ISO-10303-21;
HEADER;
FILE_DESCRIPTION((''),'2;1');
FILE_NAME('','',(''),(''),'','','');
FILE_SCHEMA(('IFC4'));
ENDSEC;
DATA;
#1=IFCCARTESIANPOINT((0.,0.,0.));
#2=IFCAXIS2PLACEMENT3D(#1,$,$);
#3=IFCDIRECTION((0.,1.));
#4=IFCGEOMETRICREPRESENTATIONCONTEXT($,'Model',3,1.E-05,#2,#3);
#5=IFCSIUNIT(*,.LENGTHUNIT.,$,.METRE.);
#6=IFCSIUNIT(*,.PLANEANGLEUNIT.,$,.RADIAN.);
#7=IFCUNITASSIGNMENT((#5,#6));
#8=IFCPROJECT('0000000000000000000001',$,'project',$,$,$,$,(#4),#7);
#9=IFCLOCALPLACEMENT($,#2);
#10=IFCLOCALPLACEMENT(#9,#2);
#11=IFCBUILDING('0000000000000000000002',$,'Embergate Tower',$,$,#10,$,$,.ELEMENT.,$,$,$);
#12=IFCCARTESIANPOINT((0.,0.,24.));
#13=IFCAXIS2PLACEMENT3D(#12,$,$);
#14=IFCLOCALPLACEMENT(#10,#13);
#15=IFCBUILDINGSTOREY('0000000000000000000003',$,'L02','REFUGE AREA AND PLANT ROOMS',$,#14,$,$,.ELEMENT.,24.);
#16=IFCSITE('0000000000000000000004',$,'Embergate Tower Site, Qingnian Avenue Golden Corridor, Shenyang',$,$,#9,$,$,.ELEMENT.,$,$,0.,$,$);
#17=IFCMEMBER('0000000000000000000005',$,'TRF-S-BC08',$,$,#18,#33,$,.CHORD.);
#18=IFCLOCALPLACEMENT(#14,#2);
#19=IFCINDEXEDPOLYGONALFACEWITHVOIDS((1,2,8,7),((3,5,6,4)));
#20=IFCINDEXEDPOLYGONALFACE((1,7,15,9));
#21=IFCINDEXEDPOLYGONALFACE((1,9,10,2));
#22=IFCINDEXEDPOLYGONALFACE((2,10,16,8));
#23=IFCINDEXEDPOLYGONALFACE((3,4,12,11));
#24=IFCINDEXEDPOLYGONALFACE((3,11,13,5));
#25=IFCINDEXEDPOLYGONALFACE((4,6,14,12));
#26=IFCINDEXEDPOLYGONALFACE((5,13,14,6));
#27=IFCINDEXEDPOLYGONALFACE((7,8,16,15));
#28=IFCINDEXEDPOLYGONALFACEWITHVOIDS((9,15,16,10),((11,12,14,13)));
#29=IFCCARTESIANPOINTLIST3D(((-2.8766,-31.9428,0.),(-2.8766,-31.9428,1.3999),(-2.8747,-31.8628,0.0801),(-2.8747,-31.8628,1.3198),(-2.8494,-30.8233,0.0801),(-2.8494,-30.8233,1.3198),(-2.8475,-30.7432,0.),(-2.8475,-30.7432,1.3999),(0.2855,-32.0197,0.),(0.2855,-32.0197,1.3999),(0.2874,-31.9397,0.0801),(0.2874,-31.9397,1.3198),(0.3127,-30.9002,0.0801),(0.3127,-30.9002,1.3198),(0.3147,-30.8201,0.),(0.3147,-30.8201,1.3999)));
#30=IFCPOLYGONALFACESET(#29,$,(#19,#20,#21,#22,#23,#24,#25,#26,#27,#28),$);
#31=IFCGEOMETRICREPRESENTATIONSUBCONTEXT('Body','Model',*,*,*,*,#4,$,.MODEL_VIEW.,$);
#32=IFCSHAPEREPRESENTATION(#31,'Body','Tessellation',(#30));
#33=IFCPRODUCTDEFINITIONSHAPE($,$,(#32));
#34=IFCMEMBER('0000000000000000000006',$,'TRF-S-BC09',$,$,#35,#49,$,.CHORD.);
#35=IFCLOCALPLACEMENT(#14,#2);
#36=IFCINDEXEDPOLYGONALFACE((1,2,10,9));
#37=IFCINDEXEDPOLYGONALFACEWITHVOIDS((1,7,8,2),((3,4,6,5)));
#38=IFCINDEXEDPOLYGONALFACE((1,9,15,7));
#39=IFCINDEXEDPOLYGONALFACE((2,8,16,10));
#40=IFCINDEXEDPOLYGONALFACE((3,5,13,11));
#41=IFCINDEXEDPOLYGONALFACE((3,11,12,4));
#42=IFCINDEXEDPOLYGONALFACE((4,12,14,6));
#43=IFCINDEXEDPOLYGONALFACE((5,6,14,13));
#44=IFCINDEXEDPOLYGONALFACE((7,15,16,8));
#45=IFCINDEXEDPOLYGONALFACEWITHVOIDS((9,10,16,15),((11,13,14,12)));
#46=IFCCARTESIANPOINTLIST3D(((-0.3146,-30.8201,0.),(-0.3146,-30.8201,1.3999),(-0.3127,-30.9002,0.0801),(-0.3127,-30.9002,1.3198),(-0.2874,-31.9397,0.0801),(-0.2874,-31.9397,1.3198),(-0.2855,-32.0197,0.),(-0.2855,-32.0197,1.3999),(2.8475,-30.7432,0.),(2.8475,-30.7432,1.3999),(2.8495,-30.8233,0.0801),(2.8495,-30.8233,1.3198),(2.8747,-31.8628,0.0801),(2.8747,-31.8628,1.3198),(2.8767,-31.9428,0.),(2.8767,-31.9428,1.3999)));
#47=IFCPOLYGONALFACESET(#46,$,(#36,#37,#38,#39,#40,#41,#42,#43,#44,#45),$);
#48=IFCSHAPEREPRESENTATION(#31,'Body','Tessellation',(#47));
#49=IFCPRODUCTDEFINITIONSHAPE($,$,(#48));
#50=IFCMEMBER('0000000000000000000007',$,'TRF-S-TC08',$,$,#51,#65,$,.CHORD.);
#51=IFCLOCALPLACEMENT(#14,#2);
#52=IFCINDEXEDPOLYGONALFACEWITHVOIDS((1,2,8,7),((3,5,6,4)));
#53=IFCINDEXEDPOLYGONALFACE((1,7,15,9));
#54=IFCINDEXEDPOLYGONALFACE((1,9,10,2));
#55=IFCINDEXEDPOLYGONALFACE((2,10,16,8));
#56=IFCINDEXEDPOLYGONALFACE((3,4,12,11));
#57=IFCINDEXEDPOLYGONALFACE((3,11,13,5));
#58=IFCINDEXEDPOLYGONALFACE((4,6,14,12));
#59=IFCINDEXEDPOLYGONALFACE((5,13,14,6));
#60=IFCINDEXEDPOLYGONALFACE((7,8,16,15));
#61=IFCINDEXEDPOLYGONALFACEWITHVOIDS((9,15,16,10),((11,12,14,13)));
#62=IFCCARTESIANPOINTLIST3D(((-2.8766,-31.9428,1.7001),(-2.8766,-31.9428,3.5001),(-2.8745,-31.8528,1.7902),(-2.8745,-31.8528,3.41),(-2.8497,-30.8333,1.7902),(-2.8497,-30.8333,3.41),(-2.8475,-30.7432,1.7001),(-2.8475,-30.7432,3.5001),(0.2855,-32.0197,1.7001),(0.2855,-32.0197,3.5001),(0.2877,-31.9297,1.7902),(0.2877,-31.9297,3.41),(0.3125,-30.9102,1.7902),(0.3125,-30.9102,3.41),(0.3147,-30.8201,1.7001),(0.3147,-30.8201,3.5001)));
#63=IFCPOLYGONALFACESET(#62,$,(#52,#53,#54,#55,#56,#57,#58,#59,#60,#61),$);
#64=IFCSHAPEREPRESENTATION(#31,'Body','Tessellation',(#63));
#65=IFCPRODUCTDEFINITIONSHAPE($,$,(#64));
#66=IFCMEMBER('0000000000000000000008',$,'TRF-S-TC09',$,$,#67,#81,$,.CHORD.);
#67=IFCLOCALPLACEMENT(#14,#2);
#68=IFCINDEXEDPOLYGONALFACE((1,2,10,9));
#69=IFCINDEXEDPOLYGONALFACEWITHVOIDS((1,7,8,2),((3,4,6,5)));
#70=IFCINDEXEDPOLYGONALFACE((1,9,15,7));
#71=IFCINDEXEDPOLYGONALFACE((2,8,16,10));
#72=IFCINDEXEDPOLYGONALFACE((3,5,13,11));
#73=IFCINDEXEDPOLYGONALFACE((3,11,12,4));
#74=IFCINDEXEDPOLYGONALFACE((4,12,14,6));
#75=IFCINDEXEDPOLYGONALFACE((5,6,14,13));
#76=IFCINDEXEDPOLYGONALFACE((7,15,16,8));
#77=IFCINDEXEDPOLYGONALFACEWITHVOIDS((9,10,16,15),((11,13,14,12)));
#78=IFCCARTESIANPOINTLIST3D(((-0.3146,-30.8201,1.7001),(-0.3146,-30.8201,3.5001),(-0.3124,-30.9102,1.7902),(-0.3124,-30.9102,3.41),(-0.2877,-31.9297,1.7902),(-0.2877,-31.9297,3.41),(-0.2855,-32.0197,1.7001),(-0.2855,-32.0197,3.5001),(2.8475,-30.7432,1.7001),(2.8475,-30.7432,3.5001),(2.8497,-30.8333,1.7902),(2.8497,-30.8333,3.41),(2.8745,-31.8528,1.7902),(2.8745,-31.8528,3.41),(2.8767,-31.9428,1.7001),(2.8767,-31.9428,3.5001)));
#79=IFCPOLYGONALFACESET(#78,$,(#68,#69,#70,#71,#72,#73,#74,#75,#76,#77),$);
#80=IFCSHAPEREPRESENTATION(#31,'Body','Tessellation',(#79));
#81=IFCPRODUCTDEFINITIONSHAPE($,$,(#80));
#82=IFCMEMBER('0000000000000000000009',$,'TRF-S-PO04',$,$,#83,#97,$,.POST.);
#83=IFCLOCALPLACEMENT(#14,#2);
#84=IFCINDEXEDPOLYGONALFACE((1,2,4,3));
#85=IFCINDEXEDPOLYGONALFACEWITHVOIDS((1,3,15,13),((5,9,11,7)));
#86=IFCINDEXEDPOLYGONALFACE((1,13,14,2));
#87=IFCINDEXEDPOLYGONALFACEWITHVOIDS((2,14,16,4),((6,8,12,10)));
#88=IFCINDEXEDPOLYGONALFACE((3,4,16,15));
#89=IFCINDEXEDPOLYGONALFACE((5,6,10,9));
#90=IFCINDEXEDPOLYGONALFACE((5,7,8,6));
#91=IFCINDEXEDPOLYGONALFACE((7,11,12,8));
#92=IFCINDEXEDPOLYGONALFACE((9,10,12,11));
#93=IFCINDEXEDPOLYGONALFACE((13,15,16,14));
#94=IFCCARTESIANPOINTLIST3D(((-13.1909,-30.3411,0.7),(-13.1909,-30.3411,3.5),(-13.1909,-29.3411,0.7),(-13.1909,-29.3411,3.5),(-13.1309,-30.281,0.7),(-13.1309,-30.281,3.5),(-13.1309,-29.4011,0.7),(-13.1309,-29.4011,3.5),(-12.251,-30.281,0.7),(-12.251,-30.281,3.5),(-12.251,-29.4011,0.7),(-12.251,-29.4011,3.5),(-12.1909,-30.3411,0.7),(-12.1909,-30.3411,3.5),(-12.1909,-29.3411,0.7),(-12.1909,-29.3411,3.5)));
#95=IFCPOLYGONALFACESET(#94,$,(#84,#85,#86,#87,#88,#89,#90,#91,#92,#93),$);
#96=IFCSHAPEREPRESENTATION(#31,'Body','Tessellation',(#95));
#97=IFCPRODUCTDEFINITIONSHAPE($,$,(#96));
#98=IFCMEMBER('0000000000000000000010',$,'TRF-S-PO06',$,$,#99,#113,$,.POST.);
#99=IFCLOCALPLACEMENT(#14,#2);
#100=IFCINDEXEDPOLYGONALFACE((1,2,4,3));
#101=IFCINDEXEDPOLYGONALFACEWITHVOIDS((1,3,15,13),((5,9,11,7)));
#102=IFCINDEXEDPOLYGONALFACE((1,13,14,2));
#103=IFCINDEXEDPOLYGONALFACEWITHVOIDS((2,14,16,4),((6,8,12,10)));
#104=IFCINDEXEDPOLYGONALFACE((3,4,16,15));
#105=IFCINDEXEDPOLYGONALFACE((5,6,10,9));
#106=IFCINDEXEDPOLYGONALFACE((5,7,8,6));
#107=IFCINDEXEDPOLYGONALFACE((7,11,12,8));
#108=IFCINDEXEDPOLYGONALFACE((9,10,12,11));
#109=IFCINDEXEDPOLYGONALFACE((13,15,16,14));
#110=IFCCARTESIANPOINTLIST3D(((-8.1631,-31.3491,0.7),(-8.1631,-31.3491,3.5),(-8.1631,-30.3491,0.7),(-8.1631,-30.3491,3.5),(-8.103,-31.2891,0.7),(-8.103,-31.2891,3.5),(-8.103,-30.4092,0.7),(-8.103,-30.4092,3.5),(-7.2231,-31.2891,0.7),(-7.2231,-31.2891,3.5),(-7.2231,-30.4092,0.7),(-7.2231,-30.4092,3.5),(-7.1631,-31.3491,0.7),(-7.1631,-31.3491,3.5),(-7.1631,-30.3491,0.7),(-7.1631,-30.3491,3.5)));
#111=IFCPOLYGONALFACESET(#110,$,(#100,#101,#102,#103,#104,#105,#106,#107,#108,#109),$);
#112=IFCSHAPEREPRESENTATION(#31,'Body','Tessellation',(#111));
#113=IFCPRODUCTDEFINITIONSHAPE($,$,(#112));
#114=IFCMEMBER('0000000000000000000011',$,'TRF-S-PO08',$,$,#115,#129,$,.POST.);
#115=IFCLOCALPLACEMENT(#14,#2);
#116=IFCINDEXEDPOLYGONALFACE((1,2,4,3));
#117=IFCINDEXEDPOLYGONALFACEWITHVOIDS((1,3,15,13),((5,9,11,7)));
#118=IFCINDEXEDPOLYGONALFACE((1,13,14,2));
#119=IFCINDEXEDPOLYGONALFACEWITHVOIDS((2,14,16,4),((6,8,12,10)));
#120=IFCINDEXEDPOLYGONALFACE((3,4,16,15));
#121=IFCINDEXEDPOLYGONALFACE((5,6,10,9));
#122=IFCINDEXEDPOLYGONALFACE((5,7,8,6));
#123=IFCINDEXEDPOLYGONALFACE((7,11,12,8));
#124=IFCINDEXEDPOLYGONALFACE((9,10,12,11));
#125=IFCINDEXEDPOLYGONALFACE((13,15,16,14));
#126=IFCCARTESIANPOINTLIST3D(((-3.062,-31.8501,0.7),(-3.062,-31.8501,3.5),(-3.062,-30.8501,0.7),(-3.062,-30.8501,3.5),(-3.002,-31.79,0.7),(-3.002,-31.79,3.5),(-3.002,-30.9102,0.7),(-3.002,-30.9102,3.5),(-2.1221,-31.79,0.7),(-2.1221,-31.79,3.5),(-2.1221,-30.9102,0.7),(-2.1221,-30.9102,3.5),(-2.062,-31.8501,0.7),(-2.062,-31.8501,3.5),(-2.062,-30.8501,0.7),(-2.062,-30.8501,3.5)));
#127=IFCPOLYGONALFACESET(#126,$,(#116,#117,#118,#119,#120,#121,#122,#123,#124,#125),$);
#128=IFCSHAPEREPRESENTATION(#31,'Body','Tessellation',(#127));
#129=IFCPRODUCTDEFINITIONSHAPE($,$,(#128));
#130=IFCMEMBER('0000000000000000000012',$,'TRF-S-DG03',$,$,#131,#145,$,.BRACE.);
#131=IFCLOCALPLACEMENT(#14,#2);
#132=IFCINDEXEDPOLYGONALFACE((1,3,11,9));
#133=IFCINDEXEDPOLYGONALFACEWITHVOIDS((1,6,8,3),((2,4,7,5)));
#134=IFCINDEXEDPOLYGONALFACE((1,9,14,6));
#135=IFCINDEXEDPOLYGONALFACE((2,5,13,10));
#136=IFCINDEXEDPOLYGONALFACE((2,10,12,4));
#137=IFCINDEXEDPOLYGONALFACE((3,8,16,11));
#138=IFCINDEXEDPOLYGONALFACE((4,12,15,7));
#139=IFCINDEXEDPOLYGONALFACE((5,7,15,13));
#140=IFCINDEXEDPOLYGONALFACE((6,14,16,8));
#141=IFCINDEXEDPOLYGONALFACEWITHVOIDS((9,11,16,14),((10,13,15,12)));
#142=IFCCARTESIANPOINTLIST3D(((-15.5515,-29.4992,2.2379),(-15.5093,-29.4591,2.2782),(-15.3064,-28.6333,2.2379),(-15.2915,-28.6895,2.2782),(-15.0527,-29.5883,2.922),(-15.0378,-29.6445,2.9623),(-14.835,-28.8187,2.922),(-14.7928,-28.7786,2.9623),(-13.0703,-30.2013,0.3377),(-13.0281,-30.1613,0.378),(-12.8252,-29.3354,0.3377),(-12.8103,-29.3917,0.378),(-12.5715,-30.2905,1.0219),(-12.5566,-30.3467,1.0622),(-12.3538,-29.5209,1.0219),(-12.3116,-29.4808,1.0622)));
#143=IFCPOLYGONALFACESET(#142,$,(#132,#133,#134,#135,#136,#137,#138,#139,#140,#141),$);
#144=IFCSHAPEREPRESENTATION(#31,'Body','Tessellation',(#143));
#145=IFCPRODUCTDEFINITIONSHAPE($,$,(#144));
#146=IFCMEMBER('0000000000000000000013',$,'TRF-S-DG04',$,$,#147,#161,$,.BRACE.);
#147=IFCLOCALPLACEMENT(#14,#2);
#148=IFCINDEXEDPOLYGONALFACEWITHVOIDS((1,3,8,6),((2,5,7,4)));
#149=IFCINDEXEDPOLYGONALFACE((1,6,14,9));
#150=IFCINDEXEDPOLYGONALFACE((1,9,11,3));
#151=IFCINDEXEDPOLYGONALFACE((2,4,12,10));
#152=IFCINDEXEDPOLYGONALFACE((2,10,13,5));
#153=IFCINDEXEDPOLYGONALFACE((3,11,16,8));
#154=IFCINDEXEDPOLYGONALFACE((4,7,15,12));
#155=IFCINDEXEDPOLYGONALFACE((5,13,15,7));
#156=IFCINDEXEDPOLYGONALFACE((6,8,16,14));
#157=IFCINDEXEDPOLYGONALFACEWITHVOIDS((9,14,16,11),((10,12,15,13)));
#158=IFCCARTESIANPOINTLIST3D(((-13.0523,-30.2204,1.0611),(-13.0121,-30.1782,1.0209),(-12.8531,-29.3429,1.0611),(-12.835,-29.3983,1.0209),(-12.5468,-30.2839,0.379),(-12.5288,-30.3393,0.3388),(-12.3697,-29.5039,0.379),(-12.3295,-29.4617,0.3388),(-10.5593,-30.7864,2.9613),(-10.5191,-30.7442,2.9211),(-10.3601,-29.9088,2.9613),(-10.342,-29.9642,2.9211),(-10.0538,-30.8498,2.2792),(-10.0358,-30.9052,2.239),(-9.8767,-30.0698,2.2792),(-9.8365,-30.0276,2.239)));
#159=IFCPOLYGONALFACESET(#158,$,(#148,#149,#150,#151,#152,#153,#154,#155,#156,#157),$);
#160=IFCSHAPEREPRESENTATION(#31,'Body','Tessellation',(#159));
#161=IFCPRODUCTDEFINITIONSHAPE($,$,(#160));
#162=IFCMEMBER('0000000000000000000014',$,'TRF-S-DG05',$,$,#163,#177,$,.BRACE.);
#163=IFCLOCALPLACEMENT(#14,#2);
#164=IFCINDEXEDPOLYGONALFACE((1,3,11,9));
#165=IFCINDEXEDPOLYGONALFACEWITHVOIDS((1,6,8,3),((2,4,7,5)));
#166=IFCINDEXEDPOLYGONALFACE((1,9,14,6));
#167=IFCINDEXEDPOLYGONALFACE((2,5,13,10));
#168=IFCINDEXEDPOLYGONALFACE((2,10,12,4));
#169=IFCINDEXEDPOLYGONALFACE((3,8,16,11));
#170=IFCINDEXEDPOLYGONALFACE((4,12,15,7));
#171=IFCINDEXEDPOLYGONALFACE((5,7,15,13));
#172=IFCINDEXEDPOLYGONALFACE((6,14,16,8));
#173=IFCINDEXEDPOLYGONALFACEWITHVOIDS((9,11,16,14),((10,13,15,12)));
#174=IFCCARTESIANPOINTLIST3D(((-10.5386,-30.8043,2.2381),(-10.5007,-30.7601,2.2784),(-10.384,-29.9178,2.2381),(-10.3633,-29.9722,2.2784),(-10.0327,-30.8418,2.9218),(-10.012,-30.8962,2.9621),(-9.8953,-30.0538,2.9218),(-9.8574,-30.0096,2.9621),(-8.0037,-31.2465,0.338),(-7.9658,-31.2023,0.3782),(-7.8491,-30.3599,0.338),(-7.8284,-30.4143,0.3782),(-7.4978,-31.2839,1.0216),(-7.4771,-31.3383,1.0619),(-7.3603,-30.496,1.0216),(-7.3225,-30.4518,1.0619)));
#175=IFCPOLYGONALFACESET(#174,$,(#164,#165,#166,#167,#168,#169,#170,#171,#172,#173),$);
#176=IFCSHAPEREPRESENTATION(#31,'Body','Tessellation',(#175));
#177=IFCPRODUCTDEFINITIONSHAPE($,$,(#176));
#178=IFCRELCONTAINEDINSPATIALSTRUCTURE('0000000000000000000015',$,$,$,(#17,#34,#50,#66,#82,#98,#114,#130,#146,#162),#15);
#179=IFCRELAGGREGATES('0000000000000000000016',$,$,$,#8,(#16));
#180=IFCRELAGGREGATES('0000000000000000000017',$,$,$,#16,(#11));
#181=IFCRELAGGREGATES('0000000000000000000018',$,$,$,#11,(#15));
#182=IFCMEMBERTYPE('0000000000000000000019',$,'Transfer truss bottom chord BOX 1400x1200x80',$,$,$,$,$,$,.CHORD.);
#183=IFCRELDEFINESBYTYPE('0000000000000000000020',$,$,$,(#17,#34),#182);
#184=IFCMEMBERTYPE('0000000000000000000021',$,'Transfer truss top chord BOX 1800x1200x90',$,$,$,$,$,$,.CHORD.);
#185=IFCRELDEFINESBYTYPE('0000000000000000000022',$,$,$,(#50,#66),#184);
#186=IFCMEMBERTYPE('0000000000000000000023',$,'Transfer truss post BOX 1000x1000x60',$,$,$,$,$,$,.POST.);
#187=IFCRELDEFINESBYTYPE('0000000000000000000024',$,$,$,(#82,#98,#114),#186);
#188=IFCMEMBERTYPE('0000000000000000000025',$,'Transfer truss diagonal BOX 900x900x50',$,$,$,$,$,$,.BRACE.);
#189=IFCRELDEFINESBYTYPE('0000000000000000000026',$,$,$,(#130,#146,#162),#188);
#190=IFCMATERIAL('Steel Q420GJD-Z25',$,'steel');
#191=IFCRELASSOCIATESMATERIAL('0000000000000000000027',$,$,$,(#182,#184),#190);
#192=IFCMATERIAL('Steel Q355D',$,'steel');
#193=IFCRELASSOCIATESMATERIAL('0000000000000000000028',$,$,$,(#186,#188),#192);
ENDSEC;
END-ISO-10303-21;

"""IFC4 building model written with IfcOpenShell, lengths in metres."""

from ifc_helpers import new_model, si_unit, direction, frame, origin, origin_2d, place, context, subcontext, project, spatial, hollow_rectangle, extrude, source, transform, mapped, material, material_profile, profile_set, type_object, element, save


model = new_model("IFC4")

# Units and contexts
model_context = context("Model", 3, precision=1e-05, world=origin(), true_north=direction((0.0, 1.0)))
body_context = subcontext(model_context, "Body", "Model", "MODEL_VIEW")
ifc_project = project(units=[si_unit("LENGTHUNIT", "METRE"), si_unit("PLANEANGLEUNIT", "RADIAN")], contexts=[model_context])

# Site, building, storey
site_placement = place(None, origin())
site = spatial("IfcSite", under=ifc_project, at=site_placement, Name="Embergate Tower Site, Qingnian Avenue Golden Corridor, Shenyang", CompositionType="ELEMENT", RefElevation=0.0)
building_placement = place(site_placement, origin())
building = spatial("IfcBuilding", under=site, at=building_placement, Name="Embergate Tower", CompositionType="ELEMENT")
storey_placement = place(building_placement, frame((0.0, 0.0, 24.0)))
storey = spatial("IfcBuildingStorey", under=building, at=storey_placement, Name="L02", Description="REFUGE AREA AND PLANT ROOMS", CompositionType="ELEMENT", Elevation=24.0)

# Members
ifc_material_1 = material(Name="Steel Q420GJD-Z25", Category="steel")
ifc_material_profile_1 = material_profile(ifc_material_1, hollow_rectangle(XDim=1.2, YDim=1.3999, WallThickness=0.0801, at=origin_2d()), Name="BOX 1400x1200x80")
ifc_profile_set_1 = profile_set([ifc_material_profile_1], Name="Steel Q420 grade GJD-Z25")
member_type_1 = type_object("IfcMemberType", Name="Transfer truss bottom chord BOX 1400x1200x80", PredefinedType="CHORD", material=ifc_profile_set_1)
ifc_material_profile_2 = material_profile(ifc_material_1, hollow_rectangle(XDim=1.2, YDim=1.8, WallThickness=0.0901, at=origin_2d()), Name="BOX 1800x1200x90")
ifc_profile_set_2 = profile_set([ifc_material_profile_2], Name="Steel Q420 grade GJD-Z25")
member_type_2 = type_object("IfcMemberType", Name="Transfer truss top chord BOX 1800x1200x90", PredefinedType="CHORD", material=ifc_profile_set_2)
shared_shape_1 = source(origin(), body_context, "Body", "SweptSolid", [
    extrude(hollow_rectangle(XDim=1.2, YDim=1.3999, WallThickness=0.0801, at=origin_2d()), origin(), (0.0, 0.0, 1.0), 3.1631),
])
for number, where, z_axis, x_axis, name in (
    (1, (-2.8621, -31.343, 0.7), (0.999704, -0.024313, 0.0), (0.024313, 0.999704, 0.0), "TRF-S-BC08"),
    (2, (-0.3, -31.4199, 0.7), (0.999704, 0.024313, 0.0), (-0.024313, 0.999704, 0.0), "TRF-S-BC09"),
):
    element("IfcMember", number, at=place(storey_placement, frame(where, z_axis=z_axis, x_axis=x_axis)), inside=storey, type_object=member_type_1, Name=name, PredefinedType="CHORD", context=body_context, shape_type="MappedRepresentation", body=[
        mapped(shared_shape_1, transform((0.0, 0.0, 0.0))),
    ])
shared_shape_2 = source(origin(), body_context, "Body", "SweptSolid", [
    extrude(hollow_rectangle(XDim=1.2, YDim=1.8, WallThickness=0.0901, at=origin_2d()), origin(), (0.0, 0.0, 1.0), 3.1631),
])
for number, where, z_axis, x_axis, name in (
    (3, (-2.8621, -31.343, 2.6001), (0.999704, -0.024313, 0.0), (0.024313, 0.999704, 0.0), "TRF-S-TC08"),
    (4, (-0.3, -31.4199, 2.6001), (0.999704, 0.024313, 0.0), (-0.024313, 0.999704, 0.0), "TRF-S-TC09"),
):
    element("IfcMember", number, at=place(storey_placement, frame(where, z_axis=z_axis, x_axis=x_axis)), inside=storey, type_object=member_type_2, Name=name, PredefinedType="CHORD", context=body_context, shape_type="MappedRepresentation", body=[
        mapped(shared_shape_2, transform((0.0, 0.0, 0.0))),
    ])
ifc_material_2 = material(Name="Steel Q355D", Category="steel")
ifc_material_profile_3 = material_profile(ifc_material_2, hollow_rectangle(XDim=1.0, YDim=1.0, WallThickness=0.0601, at=origin_2d()), Name="BOX 1000x1000x60")
ifc_profile_set_3 = profile_set([ifc_material_profile_3], Name="Steel Q355 grade D")
member_type_3 = type_object("IfcMemberType", Name="Transfer truss post BOX 1000x1000x60", PredefinedType="POST", material=ifc_profile_set_3)
shared_shape_3 = source(origin(), body_context, "Body", "SweptSolid", [
    extrude(hollow_rectangle(XDim=1.0, YDim=1.0, WallThickness=0.0601, at=origin_2d()), origin(), (0.0, 0.0, 1.0), 2.8),
])
for number, where, z_axis, x_axis, name in (
    (5, (-12.6909, -29.8411, 0.7), (0.0, 0.0, 1.0), (1.0, 0.0, 0.0), "TRF-S-PO04"),
    (6, (-7.6631, -30.8491, 0.7), (0.0, 0.0, 1.0), (1.0, 0.0, 0.0), "TRF-S-PO06"),
    (7, (-2.562, -31.3501, 0.7), (0.0, 0.0, 1.0), (1.0, 0.0, 0.0), "TRF-S-PO08"),
):
    element("IfcMember", number, at=place(storey_placement, frame(where, z_axis=z_axis, x_axis=x_axis)), inside=storey, type_object=member_type_3, Name=name, PredefinedType="POST", context=body_context, shape_type="MappedRepresentation", body=[
        mapped(shared_shape_3, transform((0.0, 0.0, 0.0))),
    ])
ifc_material_profile_4 = material_profile(ifc_material_2, hollow_rectangle(XDim=0.8999, YDim=0.8999, WallThickness=0.05, at=origin_2d()), Name="BOX 900x900x50")
ifc_profile_set_4 = profile_set([ifc_material_profile_4], Name="Steel Q355 grade D")
member_type_4 = type_object("IfcMemberType", Name="Transfer truss diagonal BOX 900x900x50", PredefinedType="BRACE", material=ifc_profile_set_4)
shared_shape_4 = source(origin(), body_context, "Body", "SweptSolid", [
    extrude(hollow_rectangle(XDim=0.8999, YDim=0.8999, WallThickness=0.05, at=origin_2d()), origin(), (0.0, 0.0, 1.0), 3.2031),
])
member_1_placement = place(storey_placement, frame((-15.1721, -29.1389, 2.6001), z_axis=(0.774622, -0.219208, -0.593219), x_axis=(0.272294, 0.962214, 0.0)))
element("IfcMember", 8, at=member_1_placement, inside=storey, type_object=member_type_4, Name="TRF-S-DG03", PredefinedType="BRACE", context=body_context, shape_type="MappedRepresentation", body=[
    mapped(shared_shape_4, transform((0.0, 0.0, 0.0))),
])
shared_shape_5 = source(origin(), body_context, "Body", "SweptSolid", [
    extrude(hollow_rectangle(XDim=0.8999, YDim=0.8999, WallThickness=0.05, at=origin_2d()), origin(), (0.0, 0.0, 1.0), 3.1853),
])
member_2_placement = place(storey_placement, frame((-12.6909, -29.8411, 0.7), z_axis=(0.782658, -0.177671, 0.596556), x_axis=(0.221378, 0.975188, 0.0)))
element("IfcMember", 9, at=member_2_placement, inside=storey, type_object=member_type_4, Name="TRF-S-DG04", PredefinedType="BRACE", context=body_context, shape_type="MappedRepresentation", body=[
    mapped(shared_shape_5, transform((0.0, 0.0, 0.0))),
])
shared_shape_6 = source(origin(), body_context, "Body", "SweptSolid", [
    extrude(hollow_rectangle(XDim=0.8999, YDim=0.8999, WallThickness=0.05, at=origin_2d()), origin(), (0.0, 0.0, 1.0), 3.1987),
])
member_3_placement = place(storey_placement, frame((-10.198, -30.407, 2.6001), z_axis=(0.792477, -0.138224, -0.594033), x_axis=(0.171826, 0.985127, 0.0)))
element("IfcMember", 10, at=member_3_placement, inside=storey, type_object=member_type_4, Name="TRF-S-DG05", PredefinedType="BRACE", context=body_context, shape_type="MappedRepresentation", body=[
    mapped(shared_shape_6, transform((0.0, 0.0, 0.0))),
])

save(model, "model.ifc")
